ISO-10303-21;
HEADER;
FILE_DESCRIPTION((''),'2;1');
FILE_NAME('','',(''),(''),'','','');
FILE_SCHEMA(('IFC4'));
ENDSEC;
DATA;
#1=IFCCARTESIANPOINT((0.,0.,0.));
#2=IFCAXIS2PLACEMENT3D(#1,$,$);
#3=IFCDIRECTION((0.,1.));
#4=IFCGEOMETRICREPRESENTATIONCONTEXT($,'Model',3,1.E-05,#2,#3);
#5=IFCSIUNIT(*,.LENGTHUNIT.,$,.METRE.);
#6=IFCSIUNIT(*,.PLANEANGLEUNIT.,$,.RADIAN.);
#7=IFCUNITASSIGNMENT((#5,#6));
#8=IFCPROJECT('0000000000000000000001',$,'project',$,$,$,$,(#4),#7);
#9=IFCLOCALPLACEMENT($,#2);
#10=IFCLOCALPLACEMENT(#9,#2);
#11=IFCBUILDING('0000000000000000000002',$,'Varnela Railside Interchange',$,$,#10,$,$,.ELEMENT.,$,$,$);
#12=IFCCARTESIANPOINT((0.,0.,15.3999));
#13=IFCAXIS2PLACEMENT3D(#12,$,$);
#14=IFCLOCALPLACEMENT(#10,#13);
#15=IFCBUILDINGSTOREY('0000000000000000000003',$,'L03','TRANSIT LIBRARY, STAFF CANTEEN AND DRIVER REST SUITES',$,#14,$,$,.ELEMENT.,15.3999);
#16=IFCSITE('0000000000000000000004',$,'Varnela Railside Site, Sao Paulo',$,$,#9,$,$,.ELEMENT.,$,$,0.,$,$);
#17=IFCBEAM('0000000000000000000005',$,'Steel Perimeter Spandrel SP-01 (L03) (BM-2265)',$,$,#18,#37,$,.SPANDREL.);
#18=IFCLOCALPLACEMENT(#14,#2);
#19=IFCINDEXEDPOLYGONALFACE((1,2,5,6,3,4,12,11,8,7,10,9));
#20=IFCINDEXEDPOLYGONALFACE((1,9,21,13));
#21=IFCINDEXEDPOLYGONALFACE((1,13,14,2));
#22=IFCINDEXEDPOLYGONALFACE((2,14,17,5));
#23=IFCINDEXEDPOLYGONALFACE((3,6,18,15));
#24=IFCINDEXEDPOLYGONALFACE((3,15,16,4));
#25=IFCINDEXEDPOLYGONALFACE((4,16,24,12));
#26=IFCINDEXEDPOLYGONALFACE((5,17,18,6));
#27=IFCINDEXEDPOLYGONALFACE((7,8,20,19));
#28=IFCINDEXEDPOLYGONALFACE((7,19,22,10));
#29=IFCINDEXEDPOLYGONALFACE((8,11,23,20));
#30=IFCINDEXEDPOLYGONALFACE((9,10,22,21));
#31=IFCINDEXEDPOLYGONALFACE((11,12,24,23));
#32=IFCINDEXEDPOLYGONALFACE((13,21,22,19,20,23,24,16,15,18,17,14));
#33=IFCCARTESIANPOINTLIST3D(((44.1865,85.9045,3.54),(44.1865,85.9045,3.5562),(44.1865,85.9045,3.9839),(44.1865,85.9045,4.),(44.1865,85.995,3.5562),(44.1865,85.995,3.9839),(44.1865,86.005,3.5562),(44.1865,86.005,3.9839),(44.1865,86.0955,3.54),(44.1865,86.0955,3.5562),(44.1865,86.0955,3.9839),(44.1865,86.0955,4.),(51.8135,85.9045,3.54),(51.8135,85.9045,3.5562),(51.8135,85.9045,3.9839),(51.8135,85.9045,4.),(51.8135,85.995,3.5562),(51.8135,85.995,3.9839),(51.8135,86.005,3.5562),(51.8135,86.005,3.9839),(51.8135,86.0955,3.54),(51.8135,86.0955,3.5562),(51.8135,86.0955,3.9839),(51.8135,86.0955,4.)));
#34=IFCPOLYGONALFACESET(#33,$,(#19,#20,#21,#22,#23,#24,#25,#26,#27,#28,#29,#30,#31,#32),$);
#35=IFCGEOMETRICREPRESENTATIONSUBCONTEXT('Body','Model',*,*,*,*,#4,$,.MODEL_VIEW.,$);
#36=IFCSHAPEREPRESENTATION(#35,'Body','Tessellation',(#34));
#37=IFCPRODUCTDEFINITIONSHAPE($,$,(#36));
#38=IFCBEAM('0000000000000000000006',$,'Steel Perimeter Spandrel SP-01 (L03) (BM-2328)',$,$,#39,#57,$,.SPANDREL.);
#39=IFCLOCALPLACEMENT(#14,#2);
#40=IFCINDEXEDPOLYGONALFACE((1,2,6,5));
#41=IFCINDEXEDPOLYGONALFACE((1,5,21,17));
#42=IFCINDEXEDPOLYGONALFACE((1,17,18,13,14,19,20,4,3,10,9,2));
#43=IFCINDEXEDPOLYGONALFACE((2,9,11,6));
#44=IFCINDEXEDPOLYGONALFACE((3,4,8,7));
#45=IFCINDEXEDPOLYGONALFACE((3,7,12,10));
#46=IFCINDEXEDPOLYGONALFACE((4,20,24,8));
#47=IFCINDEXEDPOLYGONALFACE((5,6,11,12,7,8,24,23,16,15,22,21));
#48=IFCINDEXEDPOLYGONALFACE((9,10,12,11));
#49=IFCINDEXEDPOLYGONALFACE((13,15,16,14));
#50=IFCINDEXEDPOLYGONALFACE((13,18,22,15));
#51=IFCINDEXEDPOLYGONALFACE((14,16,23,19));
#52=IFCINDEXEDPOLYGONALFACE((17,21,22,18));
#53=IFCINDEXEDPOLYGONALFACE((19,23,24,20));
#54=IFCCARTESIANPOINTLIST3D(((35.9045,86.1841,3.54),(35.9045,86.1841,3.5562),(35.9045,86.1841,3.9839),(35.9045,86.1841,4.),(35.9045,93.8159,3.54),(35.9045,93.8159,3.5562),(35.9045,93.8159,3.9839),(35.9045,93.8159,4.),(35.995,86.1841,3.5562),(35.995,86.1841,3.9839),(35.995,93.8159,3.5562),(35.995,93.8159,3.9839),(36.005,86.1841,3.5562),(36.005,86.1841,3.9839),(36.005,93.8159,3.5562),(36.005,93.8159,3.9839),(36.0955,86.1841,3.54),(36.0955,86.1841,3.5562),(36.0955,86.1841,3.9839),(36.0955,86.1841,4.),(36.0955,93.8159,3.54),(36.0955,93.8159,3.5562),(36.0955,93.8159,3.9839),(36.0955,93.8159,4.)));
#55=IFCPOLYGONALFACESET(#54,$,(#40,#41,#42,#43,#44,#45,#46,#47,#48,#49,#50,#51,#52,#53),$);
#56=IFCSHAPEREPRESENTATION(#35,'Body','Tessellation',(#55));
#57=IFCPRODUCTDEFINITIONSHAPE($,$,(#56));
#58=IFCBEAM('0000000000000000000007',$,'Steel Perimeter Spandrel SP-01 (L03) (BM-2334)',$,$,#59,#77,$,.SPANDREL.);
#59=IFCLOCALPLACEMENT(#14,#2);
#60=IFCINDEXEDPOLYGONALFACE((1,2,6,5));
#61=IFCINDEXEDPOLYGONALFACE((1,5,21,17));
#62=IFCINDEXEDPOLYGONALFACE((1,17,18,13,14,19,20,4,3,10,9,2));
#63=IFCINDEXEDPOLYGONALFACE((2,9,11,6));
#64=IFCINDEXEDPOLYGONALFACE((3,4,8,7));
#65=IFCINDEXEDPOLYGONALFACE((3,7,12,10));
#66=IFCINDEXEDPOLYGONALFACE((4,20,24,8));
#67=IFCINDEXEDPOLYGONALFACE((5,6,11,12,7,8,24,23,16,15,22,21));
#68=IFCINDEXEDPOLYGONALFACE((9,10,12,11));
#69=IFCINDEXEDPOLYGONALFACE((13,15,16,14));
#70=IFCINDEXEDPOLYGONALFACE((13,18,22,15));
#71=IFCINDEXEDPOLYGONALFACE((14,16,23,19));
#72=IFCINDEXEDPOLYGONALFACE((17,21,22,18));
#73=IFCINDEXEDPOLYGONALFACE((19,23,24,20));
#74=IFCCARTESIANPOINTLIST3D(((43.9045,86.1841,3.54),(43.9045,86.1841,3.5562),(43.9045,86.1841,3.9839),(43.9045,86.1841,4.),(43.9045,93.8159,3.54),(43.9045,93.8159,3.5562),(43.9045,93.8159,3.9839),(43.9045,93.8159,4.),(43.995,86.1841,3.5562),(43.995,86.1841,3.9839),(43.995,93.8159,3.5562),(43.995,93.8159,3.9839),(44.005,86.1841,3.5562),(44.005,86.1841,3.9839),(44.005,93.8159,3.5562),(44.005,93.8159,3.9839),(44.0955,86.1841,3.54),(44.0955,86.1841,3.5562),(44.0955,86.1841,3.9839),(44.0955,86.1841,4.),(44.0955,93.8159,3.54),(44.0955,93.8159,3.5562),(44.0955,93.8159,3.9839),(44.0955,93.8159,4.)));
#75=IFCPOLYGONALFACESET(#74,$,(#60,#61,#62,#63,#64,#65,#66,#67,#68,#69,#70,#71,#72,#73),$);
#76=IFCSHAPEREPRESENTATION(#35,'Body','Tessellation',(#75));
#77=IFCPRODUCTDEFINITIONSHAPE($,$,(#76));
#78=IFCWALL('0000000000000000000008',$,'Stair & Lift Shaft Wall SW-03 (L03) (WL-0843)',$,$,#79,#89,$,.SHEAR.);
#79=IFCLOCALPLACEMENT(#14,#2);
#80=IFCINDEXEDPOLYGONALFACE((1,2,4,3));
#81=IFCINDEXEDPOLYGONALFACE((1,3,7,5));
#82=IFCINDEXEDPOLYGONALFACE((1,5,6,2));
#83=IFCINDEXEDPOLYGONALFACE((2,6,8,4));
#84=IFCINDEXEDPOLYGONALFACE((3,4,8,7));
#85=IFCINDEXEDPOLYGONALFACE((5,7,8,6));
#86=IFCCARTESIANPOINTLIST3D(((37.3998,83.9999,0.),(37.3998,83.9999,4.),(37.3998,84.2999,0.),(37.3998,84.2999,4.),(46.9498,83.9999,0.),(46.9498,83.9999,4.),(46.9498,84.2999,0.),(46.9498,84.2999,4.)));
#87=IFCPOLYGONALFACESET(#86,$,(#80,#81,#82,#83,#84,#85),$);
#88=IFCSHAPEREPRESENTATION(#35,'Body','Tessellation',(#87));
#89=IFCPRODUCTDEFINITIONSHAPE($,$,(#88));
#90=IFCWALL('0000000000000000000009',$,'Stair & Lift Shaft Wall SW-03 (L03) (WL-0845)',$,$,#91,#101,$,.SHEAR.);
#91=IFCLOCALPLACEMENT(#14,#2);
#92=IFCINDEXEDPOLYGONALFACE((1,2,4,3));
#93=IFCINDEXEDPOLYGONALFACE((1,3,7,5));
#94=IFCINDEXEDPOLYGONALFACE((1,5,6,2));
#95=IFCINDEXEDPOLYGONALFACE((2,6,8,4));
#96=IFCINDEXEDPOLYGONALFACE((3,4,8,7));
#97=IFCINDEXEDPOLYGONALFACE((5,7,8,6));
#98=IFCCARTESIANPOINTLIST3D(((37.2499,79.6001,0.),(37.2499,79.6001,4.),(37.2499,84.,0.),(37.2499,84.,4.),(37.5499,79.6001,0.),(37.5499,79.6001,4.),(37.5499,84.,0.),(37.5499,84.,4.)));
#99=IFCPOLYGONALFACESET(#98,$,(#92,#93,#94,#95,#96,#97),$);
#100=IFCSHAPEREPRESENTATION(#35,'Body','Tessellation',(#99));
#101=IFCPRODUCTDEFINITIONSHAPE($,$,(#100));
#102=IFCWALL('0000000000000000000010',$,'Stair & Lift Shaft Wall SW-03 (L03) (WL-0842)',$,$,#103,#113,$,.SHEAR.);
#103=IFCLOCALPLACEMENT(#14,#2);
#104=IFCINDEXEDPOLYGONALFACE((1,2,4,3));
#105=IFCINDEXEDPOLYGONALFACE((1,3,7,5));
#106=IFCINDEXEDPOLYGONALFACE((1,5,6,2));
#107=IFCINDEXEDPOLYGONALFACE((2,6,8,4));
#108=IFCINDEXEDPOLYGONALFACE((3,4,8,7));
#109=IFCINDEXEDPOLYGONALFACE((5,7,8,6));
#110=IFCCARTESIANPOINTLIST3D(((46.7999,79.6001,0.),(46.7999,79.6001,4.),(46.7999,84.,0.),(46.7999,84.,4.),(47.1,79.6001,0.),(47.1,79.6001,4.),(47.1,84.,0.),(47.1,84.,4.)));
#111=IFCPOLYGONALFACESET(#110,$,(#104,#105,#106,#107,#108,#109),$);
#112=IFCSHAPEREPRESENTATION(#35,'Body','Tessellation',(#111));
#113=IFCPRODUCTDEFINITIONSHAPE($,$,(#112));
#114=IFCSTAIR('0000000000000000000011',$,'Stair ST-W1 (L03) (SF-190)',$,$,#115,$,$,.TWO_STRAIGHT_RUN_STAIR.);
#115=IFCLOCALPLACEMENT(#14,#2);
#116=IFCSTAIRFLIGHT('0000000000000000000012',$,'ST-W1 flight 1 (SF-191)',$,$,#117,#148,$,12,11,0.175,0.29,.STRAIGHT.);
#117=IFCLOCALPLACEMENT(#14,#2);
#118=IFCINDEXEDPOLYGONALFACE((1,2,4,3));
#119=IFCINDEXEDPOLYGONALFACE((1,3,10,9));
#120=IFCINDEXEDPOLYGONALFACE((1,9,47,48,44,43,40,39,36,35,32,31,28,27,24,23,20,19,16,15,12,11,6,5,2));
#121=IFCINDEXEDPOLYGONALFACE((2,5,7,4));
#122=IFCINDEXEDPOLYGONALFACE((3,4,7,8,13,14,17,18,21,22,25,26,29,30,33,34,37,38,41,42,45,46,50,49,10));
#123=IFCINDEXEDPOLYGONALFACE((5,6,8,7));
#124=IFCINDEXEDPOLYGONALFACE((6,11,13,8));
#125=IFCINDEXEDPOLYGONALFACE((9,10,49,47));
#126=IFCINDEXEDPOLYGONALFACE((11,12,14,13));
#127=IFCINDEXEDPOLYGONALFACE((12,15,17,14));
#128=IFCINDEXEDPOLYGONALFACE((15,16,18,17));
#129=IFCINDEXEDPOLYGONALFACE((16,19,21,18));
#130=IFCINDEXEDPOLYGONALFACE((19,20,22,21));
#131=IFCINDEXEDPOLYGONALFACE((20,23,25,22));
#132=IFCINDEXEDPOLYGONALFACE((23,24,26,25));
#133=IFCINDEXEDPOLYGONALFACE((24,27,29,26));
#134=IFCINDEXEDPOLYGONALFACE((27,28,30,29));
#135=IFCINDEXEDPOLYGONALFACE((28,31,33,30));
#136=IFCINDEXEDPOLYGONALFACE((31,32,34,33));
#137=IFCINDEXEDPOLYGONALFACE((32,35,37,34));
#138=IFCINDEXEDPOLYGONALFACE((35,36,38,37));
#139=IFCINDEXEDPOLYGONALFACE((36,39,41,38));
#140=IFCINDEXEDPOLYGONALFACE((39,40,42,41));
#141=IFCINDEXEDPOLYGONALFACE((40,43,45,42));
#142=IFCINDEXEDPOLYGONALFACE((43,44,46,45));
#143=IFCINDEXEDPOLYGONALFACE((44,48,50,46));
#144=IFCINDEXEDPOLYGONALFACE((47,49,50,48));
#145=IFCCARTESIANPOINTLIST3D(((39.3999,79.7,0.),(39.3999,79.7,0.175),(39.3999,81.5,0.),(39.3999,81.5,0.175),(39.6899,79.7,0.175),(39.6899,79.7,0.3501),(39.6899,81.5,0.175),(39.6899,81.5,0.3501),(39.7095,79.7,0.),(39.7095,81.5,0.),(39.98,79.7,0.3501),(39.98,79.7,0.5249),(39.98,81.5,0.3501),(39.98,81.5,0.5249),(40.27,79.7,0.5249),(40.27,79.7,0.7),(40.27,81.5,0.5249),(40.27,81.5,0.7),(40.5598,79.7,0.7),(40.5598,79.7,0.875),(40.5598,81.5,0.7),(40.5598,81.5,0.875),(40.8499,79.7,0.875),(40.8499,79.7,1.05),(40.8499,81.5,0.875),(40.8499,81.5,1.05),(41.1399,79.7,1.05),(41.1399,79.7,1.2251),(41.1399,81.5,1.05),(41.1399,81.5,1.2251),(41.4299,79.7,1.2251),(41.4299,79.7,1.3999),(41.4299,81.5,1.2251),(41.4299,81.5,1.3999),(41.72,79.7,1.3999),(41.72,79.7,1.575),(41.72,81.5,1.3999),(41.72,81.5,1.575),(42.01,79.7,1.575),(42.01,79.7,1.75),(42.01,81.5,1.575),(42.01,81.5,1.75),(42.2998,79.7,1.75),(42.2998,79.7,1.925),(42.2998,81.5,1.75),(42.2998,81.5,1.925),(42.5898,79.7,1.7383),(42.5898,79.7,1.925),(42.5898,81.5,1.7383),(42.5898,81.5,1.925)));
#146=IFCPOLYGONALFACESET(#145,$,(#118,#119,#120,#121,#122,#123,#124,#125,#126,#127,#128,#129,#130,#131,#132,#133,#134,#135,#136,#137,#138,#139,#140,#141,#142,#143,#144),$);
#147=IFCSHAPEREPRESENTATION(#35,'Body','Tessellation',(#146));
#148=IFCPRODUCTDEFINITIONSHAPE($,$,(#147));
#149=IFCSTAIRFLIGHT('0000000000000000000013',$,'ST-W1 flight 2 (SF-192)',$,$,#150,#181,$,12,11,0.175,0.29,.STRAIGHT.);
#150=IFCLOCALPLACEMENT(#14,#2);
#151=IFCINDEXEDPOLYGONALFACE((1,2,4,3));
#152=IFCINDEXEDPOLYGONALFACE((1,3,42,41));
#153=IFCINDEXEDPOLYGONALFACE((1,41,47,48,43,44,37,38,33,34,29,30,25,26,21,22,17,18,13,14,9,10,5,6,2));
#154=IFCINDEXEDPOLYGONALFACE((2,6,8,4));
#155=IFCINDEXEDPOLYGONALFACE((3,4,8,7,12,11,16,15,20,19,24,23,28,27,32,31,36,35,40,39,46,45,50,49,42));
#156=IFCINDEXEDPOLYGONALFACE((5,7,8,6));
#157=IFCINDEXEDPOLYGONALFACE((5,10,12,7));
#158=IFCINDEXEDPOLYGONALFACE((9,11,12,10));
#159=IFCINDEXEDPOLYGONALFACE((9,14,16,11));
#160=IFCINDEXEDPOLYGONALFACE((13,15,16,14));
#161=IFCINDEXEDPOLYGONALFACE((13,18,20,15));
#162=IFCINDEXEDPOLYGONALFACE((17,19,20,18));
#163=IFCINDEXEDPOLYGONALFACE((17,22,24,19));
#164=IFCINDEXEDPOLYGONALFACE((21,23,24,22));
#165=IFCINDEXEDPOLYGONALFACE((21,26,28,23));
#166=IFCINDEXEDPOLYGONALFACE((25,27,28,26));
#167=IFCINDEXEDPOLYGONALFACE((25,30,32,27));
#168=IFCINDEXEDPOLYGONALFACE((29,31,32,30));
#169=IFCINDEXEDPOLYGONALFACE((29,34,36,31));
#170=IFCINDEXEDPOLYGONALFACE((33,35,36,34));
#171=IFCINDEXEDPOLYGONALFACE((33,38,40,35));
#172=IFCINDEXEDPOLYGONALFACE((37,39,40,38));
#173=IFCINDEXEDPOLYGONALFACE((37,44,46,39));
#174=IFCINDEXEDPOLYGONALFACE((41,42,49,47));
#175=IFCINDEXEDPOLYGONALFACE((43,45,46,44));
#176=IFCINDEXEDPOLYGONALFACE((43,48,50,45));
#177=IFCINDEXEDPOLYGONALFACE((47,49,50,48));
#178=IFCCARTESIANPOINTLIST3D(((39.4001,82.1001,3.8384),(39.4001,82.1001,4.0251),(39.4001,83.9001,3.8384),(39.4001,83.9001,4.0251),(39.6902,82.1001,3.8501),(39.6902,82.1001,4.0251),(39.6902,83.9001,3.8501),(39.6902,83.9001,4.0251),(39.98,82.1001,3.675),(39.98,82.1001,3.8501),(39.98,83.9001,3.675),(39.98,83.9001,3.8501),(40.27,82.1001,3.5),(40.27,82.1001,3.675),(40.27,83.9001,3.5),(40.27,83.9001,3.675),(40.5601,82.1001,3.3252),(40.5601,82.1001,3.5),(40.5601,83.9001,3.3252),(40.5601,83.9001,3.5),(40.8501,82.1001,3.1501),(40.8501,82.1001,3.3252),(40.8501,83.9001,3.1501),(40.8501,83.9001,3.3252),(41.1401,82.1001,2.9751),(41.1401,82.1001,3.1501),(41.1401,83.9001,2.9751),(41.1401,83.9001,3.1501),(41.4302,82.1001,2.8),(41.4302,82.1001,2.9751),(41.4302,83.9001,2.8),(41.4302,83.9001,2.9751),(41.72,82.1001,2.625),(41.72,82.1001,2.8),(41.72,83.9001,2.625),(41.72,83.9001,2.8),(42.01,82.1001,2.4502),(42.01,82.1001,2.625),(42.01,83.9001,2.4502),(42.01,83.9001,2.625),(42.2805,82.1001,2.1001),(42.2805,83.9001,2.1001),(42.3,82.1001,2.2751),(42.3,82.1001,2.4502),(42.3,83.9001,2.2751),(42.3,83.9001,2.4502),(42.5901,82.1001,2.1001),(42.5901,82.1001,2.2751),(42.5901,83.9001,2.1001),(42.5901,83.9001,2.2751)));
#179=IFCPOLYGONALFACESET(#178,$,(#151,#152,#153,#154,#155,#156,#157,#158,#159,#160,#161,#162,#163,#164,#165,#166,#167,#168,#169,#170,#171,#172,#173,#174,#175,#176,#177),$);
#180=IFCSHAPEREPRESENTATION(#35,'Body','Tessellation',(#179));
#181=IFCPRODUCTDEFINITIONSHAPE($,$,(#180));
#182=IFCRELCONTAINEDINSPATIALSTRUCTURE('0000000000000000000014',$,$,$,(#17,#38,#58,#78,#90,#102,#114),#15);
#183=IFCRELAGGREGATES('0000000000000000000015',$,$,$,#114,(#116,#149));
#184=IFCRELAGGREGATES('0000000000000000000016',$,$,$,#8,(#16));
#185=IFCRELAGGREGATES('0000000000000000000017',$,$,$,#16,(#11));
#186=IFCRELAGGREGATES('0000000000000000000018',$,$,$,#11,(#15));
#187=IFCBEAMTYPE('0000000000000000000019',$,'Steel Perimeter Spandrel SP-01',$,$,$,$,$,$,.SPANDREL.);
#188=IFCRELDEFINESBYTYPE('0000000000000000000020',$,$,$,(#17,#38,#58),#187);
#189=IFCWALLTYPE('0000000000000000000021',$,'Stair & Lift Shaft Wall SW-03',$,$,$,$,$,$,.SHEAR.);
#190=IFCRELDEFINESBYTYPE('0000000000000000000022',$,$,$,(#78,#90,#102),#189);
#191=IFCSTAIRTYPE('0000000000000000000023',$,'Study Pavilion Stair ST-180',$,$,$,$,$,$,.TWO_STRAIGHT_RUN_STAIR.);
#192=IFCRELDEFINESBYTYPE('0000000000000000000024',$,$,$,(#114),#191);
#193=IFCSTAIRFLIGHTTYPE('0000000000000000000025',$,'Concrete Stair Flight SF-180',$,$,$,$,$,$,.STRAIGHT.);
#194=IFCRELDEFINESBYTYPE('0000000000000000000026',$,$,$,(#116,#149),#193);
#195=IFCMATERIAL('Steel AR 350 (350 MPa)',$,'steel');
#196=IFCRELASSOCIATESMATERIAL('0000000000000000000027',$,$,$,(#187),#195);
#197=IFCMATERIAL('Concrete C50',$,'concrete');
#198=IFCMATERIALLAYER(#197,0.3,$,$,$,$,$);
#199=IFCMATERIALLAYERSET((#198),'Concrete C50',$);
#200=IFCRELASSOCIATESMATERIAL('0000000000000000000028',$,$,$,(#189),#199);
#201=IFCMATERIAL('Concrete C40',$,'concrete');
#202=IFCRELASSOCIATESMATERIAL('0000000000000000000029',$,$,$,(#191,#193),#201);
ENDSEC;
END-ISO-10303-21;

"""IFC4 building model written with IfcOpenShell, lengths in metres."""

from ifc_helpers import new_model, si_unit, direction, frame, frame_2d, origin, origin_2d, place, context, subcontext, project, spatial, polyline, rectangle, i_section, outline, extrude, material, layer, layer_set, material_profile, profile_set, type_object, element, aggregate, save


model = new_model("IFC4")

# Units and contexts
model_context = context("Model", 3, precision=1e-05, world=origin(), true_north=direction((0.0, 1.0)))
body_context = subcontext(model_context, "Body", "Model", "MODEL_VIEW")
ifc_project = project(units=[si_unit("LENGTHUNIT", "METRE"), si_unit("PLANEANGLEUNIT", "RADIAN")], contexts=[model_context])

# Site, building, storey
site_placement = place(None, origin())
site = spatial("IfcSite", under=ifc_project, at=site_placement, Name="Varnela Railside Site, Sao Paulo", CompositionType="ELEMENT", RefElevation=0.0)
building_placement = place(site_placement, origin())
building = spatial("IfcBuilding", under=site, at=building_placement, Name="Varnela Railside Interchange", CompositionType="ELEMENT")
storey_placement = place(building_placement, frame((0.0, 0.0, 15.3999)))
storey = spatial("IfcBuildingStorey", under=building, at=storey_placement, Name="L03", Description="TRANSIT LIBRARY, STAFF CANTEEN AND DRIVER REST SUITES", CompositionType="ELEMENT", Elevation=15.3999)

# Shared definitions
ifc_material_1 = material(Name="Steel AR 350 (350 MPa)", Category="steel")

# Shared definitions
ifc_material_2 = material(Name="Concrete C40", Category="concrete")

# Beams
ifc_material_profile_1 = material_profile(ifc_material_1, i_section(OverallWidth=0.1909, OverallDepth=0.46, WebThickness=0.01, FlangeThickness=0.0161, at=origin_2d()), Name="W460x82")
ifc_profile_set_1 = profile_set([ifc_material_profile_1], Name="Steel AR 350 (350 MPa)")
beam_type_1 = type_object("IfcBeamType", Name="Steel Perimeter Spandrel SP-01", PredefinedType="SPANDREL", material=ifc_profile_set_1)
beam_1_placement = place(storey_placement, frame((44.1865, 86.0, 3.77), z_axis=(1.0, 0.0, 0.0), x_axis=(0.0, 1.0, 0.0)))
element("IfcBeam", 1, at=beam_1_placement, inside=storey, type_object=beam_type_1, Name="Steel Perimeter Spandrel SP-01 (L03) (BM-2265)", PredefinedType="SPANDREL", context=body_context, shape_type="SweptSolid", body=[
    extrude(i_section(OverallWidth=0.1909, OverallDepth=0.46, WebThickness=0.01, FlangeThickness=0.0161, at=origin_2d()), origin(), (0.0, 0.0, 1.0), 7.627),
])
for number, where, z_axis, x_axis, name in (
    (2, (36.0, 86.1841, 3.77), (0.0, 1.0, 0.0), (-1.0, 0.0, 0.0), "Steel Perimeter Spandrel SP-01 (L03) (BM-2328)"),
    (3, (44.0, 86.1841, 3.77), (0.0, 1.0, 0.0), (-1.0, 0.0, 0.0), "Steel Perimeter Spandrel SP-01 (L03) (BM-2334)"),
):
    element("IfcBeam", number, at=place(storey_placement, frame(where, z_axis=z_axis, x_axis=x_axis)), inside=storey, type_object=beam_type_1, Name=name, PredefinedType="SPANDREL", context=body_context, shape_type="SweptSolid", body=[
        extrude(i_section(OverallWidth=0.1909, OverallDepth=0.46, WebThickness=0.01, FlangeThickness=0.0161, at=origin_2d()), origin(), (0.0, 0.0, 1.0), 7.6318),
    ])

# Walls
ifc_material_3 = material(Name="Concrete C50", Category="concrete")
ifc_layer_1 = layer(ifc_material_3, 0.3)
ifc_layer_set_1 = layer_set([ifc_layer_1], Name="Concrete C50")
wall_type = type_object("IfcWallType", Name="Stair & Lift Shaft Wall SW-03", PredefinedType="SHEAR", material=ifc_layer_set_1)
wall_placement = place(storey_placement, frame((37.3999, 84.1499, 0.0), z_axis=(0.0, 0.0, 1.0), x_axis=(1.0, 0.0, 0.0)))
element("IfcWall", 4, at=wall_placement, inside=storey, type_object=wall_type, Name="Stair & Lift Shaft Wall SW-03 (L03) (WL-0843)", PredefinedType="SHEAR", context=body_context, shape_type="SweptSolid", body=[
    extrude(rectangle(XDim=9.55, YDim=0.3, at=frame_2d((4.7749, 0.0))), origin(), (0.0, 0.0, 1.0), 4.0),
])
for number, where, z_axis, x_axis, name in (
    (5, (37.3999, 79.6001, 0.0), (0.0, 0.0, 1.0), (0.0, 1.0, 0.0), "Stair & Lift Shaft Wall SW-03 (L03) (WL-0845)"),
    (6, (46.95, 79.6001, 0.0), (0.0, 0.0, 1.0), (0.0, 1.0, 0.0), "Stair & Lift Shaft Wall SW-03 (L03) (WL-0842)"),
):
    element("IfcWall", number, at=place(storey_placement, frame(where, z_axis=z_axis, x_axis=x_axis)), inside=storey, type_object=wall_type, Name=name, PredefinedType="SHEAR", context=body_context, shape_type="SweptSolid", body=[
        extrude(rectangle(XDim=4.3999, YDim=0.3, at=frame_2d((2.2, 0.0))), origin(), (0.0, 0.0, 1.0), 4.0),
    ])

# Stair, stair flights
stair_type = type_object("IfcStairType", Name="Study Pavilion Stair ST-180", PredefinedType="TWO_STRAIGHT_RUN_STAIR", material=ifc_material_2)
stair_placement = place(storey_placement, origin())
stair = element("IfcStair", 7, at=stair_placement, inside=storey, type_object=stair_type, Name="Stair ST-W1 (L03) (SF-190)", PredefinedType="TWO_STRAIGHT_RUN_STAIR")
stair_flight_type = type_object("IfcStairFlightType", Name="Concrete Stair Flight SF-180", PredefinedType="STRAIGHT", material=ifc_material_2)
stair_flight_1_placement = place(storey_placement, frame((39.3999, 80.6001, 0.0), z_axis=(0.0, 0.0, 1.0), x_axis=(1.0, 0.0, 0.0)))
stair_flight_1 = element("IfcStairFlight", 8, at=stair_flight_1_placement, type_object=stair_flight_type, Name="ST-W1 flight 1 (SF-191)", NumberOfRisers=12, NumberOfTreads=11, PredefinedType="STRAIGHT", RiserHeight=0.175, TreadLength=0.29, context=body_context, shape_type="SweptSolid", body=[
    extrude(outline(polyline([(0.0, 0.0), (0.0, 0.175), (0.29, 0.175), (0.29, 0.3501), (0.5801, 0.3501), (0.5801, 0.5249), (0.8701, 0.5249), (0.8701, 0.7), (1.1599, 0.7), (1.1599, 0.875), (1.45, 0.875), (1.45, 1.05), (1.74, 1.05), (1.74, 1.2251), (2.03, 1.2251), (2.03, 1.3999), (2.3201, 1.3999), (2.3201, 1.575), (2.6101, 1.575), (2.6101, 1.75), (2.8999, 1.75), (2.8999, 1.925), (3.1899, 1.925), (3.1899, 2.1001), (3.1899, 1.7383), (0.3096, 0.0), (0.0, 0.0)])), frame((0.0, 0.8999, 0.0), z_axis=(0.0, -1.0, 0.0), x_axis=(1.0, 0.0, 0.0)), (0.0, 0.0, 1.0), 1.8),
])
stair_flight_2_placement = place(storey_placement, frame((42.5901, 83.0, 2.1001), z_axis=(0.0, 0.0, 1.0), x_axis=(-1.0, 0.0, 0.0)))
stair_flight_2 = element("IfcStairFlight", 9, at=stair_flight_2_placement, type_object=stair_flight_type, Name="ST-W1 flight 2 (SF-192)", NumberOfRisers=12, NumberOfTreads=11, PredefinedType="STRAIGHT", RiserHeight=0.175, TreadLength=0.29, context=body_context, shape_type="SweptSolid", body=[
    extrude(outline(polyline([(0.0, 0.0), (0.0, 0.175), (0.29, 0.175), (0.29, 0.3501), (0.5801, 0.3501), (0.5801, 0.5249), (0.8701, 0.5249), (0.8701, 0.7), (1.1599, 0.7), (1.1599, 0.875), (1.45, 0.875), (1.45, 1.05), (1.74, 1.05), (1.74, 1.2251), (2.03, 1.2251), (2.03, 1.3999), (2.3201, 1.3999), (2.3201, 1.575), (2.6101, 1.575), (2.6101, 1.75), (2.8999, 1.75), (2.8999, 1.925), (3.1899, 1.925), (3.1899, 2.1001), (3.1899, 1.7383), (0.3096, 0.0), (0.0, 0.0)])), frame((0.0, 0.8999, 0.0), z_axis=(0.0, -1.0, 0.0), x_axis=(1.0, 0.0, 0.0)), (0.0, 0.0, 1.0), 1.8),
])
aggregate(stair, [stair_flight_1, stair_flight_2])

save(model, "model.ifc")
